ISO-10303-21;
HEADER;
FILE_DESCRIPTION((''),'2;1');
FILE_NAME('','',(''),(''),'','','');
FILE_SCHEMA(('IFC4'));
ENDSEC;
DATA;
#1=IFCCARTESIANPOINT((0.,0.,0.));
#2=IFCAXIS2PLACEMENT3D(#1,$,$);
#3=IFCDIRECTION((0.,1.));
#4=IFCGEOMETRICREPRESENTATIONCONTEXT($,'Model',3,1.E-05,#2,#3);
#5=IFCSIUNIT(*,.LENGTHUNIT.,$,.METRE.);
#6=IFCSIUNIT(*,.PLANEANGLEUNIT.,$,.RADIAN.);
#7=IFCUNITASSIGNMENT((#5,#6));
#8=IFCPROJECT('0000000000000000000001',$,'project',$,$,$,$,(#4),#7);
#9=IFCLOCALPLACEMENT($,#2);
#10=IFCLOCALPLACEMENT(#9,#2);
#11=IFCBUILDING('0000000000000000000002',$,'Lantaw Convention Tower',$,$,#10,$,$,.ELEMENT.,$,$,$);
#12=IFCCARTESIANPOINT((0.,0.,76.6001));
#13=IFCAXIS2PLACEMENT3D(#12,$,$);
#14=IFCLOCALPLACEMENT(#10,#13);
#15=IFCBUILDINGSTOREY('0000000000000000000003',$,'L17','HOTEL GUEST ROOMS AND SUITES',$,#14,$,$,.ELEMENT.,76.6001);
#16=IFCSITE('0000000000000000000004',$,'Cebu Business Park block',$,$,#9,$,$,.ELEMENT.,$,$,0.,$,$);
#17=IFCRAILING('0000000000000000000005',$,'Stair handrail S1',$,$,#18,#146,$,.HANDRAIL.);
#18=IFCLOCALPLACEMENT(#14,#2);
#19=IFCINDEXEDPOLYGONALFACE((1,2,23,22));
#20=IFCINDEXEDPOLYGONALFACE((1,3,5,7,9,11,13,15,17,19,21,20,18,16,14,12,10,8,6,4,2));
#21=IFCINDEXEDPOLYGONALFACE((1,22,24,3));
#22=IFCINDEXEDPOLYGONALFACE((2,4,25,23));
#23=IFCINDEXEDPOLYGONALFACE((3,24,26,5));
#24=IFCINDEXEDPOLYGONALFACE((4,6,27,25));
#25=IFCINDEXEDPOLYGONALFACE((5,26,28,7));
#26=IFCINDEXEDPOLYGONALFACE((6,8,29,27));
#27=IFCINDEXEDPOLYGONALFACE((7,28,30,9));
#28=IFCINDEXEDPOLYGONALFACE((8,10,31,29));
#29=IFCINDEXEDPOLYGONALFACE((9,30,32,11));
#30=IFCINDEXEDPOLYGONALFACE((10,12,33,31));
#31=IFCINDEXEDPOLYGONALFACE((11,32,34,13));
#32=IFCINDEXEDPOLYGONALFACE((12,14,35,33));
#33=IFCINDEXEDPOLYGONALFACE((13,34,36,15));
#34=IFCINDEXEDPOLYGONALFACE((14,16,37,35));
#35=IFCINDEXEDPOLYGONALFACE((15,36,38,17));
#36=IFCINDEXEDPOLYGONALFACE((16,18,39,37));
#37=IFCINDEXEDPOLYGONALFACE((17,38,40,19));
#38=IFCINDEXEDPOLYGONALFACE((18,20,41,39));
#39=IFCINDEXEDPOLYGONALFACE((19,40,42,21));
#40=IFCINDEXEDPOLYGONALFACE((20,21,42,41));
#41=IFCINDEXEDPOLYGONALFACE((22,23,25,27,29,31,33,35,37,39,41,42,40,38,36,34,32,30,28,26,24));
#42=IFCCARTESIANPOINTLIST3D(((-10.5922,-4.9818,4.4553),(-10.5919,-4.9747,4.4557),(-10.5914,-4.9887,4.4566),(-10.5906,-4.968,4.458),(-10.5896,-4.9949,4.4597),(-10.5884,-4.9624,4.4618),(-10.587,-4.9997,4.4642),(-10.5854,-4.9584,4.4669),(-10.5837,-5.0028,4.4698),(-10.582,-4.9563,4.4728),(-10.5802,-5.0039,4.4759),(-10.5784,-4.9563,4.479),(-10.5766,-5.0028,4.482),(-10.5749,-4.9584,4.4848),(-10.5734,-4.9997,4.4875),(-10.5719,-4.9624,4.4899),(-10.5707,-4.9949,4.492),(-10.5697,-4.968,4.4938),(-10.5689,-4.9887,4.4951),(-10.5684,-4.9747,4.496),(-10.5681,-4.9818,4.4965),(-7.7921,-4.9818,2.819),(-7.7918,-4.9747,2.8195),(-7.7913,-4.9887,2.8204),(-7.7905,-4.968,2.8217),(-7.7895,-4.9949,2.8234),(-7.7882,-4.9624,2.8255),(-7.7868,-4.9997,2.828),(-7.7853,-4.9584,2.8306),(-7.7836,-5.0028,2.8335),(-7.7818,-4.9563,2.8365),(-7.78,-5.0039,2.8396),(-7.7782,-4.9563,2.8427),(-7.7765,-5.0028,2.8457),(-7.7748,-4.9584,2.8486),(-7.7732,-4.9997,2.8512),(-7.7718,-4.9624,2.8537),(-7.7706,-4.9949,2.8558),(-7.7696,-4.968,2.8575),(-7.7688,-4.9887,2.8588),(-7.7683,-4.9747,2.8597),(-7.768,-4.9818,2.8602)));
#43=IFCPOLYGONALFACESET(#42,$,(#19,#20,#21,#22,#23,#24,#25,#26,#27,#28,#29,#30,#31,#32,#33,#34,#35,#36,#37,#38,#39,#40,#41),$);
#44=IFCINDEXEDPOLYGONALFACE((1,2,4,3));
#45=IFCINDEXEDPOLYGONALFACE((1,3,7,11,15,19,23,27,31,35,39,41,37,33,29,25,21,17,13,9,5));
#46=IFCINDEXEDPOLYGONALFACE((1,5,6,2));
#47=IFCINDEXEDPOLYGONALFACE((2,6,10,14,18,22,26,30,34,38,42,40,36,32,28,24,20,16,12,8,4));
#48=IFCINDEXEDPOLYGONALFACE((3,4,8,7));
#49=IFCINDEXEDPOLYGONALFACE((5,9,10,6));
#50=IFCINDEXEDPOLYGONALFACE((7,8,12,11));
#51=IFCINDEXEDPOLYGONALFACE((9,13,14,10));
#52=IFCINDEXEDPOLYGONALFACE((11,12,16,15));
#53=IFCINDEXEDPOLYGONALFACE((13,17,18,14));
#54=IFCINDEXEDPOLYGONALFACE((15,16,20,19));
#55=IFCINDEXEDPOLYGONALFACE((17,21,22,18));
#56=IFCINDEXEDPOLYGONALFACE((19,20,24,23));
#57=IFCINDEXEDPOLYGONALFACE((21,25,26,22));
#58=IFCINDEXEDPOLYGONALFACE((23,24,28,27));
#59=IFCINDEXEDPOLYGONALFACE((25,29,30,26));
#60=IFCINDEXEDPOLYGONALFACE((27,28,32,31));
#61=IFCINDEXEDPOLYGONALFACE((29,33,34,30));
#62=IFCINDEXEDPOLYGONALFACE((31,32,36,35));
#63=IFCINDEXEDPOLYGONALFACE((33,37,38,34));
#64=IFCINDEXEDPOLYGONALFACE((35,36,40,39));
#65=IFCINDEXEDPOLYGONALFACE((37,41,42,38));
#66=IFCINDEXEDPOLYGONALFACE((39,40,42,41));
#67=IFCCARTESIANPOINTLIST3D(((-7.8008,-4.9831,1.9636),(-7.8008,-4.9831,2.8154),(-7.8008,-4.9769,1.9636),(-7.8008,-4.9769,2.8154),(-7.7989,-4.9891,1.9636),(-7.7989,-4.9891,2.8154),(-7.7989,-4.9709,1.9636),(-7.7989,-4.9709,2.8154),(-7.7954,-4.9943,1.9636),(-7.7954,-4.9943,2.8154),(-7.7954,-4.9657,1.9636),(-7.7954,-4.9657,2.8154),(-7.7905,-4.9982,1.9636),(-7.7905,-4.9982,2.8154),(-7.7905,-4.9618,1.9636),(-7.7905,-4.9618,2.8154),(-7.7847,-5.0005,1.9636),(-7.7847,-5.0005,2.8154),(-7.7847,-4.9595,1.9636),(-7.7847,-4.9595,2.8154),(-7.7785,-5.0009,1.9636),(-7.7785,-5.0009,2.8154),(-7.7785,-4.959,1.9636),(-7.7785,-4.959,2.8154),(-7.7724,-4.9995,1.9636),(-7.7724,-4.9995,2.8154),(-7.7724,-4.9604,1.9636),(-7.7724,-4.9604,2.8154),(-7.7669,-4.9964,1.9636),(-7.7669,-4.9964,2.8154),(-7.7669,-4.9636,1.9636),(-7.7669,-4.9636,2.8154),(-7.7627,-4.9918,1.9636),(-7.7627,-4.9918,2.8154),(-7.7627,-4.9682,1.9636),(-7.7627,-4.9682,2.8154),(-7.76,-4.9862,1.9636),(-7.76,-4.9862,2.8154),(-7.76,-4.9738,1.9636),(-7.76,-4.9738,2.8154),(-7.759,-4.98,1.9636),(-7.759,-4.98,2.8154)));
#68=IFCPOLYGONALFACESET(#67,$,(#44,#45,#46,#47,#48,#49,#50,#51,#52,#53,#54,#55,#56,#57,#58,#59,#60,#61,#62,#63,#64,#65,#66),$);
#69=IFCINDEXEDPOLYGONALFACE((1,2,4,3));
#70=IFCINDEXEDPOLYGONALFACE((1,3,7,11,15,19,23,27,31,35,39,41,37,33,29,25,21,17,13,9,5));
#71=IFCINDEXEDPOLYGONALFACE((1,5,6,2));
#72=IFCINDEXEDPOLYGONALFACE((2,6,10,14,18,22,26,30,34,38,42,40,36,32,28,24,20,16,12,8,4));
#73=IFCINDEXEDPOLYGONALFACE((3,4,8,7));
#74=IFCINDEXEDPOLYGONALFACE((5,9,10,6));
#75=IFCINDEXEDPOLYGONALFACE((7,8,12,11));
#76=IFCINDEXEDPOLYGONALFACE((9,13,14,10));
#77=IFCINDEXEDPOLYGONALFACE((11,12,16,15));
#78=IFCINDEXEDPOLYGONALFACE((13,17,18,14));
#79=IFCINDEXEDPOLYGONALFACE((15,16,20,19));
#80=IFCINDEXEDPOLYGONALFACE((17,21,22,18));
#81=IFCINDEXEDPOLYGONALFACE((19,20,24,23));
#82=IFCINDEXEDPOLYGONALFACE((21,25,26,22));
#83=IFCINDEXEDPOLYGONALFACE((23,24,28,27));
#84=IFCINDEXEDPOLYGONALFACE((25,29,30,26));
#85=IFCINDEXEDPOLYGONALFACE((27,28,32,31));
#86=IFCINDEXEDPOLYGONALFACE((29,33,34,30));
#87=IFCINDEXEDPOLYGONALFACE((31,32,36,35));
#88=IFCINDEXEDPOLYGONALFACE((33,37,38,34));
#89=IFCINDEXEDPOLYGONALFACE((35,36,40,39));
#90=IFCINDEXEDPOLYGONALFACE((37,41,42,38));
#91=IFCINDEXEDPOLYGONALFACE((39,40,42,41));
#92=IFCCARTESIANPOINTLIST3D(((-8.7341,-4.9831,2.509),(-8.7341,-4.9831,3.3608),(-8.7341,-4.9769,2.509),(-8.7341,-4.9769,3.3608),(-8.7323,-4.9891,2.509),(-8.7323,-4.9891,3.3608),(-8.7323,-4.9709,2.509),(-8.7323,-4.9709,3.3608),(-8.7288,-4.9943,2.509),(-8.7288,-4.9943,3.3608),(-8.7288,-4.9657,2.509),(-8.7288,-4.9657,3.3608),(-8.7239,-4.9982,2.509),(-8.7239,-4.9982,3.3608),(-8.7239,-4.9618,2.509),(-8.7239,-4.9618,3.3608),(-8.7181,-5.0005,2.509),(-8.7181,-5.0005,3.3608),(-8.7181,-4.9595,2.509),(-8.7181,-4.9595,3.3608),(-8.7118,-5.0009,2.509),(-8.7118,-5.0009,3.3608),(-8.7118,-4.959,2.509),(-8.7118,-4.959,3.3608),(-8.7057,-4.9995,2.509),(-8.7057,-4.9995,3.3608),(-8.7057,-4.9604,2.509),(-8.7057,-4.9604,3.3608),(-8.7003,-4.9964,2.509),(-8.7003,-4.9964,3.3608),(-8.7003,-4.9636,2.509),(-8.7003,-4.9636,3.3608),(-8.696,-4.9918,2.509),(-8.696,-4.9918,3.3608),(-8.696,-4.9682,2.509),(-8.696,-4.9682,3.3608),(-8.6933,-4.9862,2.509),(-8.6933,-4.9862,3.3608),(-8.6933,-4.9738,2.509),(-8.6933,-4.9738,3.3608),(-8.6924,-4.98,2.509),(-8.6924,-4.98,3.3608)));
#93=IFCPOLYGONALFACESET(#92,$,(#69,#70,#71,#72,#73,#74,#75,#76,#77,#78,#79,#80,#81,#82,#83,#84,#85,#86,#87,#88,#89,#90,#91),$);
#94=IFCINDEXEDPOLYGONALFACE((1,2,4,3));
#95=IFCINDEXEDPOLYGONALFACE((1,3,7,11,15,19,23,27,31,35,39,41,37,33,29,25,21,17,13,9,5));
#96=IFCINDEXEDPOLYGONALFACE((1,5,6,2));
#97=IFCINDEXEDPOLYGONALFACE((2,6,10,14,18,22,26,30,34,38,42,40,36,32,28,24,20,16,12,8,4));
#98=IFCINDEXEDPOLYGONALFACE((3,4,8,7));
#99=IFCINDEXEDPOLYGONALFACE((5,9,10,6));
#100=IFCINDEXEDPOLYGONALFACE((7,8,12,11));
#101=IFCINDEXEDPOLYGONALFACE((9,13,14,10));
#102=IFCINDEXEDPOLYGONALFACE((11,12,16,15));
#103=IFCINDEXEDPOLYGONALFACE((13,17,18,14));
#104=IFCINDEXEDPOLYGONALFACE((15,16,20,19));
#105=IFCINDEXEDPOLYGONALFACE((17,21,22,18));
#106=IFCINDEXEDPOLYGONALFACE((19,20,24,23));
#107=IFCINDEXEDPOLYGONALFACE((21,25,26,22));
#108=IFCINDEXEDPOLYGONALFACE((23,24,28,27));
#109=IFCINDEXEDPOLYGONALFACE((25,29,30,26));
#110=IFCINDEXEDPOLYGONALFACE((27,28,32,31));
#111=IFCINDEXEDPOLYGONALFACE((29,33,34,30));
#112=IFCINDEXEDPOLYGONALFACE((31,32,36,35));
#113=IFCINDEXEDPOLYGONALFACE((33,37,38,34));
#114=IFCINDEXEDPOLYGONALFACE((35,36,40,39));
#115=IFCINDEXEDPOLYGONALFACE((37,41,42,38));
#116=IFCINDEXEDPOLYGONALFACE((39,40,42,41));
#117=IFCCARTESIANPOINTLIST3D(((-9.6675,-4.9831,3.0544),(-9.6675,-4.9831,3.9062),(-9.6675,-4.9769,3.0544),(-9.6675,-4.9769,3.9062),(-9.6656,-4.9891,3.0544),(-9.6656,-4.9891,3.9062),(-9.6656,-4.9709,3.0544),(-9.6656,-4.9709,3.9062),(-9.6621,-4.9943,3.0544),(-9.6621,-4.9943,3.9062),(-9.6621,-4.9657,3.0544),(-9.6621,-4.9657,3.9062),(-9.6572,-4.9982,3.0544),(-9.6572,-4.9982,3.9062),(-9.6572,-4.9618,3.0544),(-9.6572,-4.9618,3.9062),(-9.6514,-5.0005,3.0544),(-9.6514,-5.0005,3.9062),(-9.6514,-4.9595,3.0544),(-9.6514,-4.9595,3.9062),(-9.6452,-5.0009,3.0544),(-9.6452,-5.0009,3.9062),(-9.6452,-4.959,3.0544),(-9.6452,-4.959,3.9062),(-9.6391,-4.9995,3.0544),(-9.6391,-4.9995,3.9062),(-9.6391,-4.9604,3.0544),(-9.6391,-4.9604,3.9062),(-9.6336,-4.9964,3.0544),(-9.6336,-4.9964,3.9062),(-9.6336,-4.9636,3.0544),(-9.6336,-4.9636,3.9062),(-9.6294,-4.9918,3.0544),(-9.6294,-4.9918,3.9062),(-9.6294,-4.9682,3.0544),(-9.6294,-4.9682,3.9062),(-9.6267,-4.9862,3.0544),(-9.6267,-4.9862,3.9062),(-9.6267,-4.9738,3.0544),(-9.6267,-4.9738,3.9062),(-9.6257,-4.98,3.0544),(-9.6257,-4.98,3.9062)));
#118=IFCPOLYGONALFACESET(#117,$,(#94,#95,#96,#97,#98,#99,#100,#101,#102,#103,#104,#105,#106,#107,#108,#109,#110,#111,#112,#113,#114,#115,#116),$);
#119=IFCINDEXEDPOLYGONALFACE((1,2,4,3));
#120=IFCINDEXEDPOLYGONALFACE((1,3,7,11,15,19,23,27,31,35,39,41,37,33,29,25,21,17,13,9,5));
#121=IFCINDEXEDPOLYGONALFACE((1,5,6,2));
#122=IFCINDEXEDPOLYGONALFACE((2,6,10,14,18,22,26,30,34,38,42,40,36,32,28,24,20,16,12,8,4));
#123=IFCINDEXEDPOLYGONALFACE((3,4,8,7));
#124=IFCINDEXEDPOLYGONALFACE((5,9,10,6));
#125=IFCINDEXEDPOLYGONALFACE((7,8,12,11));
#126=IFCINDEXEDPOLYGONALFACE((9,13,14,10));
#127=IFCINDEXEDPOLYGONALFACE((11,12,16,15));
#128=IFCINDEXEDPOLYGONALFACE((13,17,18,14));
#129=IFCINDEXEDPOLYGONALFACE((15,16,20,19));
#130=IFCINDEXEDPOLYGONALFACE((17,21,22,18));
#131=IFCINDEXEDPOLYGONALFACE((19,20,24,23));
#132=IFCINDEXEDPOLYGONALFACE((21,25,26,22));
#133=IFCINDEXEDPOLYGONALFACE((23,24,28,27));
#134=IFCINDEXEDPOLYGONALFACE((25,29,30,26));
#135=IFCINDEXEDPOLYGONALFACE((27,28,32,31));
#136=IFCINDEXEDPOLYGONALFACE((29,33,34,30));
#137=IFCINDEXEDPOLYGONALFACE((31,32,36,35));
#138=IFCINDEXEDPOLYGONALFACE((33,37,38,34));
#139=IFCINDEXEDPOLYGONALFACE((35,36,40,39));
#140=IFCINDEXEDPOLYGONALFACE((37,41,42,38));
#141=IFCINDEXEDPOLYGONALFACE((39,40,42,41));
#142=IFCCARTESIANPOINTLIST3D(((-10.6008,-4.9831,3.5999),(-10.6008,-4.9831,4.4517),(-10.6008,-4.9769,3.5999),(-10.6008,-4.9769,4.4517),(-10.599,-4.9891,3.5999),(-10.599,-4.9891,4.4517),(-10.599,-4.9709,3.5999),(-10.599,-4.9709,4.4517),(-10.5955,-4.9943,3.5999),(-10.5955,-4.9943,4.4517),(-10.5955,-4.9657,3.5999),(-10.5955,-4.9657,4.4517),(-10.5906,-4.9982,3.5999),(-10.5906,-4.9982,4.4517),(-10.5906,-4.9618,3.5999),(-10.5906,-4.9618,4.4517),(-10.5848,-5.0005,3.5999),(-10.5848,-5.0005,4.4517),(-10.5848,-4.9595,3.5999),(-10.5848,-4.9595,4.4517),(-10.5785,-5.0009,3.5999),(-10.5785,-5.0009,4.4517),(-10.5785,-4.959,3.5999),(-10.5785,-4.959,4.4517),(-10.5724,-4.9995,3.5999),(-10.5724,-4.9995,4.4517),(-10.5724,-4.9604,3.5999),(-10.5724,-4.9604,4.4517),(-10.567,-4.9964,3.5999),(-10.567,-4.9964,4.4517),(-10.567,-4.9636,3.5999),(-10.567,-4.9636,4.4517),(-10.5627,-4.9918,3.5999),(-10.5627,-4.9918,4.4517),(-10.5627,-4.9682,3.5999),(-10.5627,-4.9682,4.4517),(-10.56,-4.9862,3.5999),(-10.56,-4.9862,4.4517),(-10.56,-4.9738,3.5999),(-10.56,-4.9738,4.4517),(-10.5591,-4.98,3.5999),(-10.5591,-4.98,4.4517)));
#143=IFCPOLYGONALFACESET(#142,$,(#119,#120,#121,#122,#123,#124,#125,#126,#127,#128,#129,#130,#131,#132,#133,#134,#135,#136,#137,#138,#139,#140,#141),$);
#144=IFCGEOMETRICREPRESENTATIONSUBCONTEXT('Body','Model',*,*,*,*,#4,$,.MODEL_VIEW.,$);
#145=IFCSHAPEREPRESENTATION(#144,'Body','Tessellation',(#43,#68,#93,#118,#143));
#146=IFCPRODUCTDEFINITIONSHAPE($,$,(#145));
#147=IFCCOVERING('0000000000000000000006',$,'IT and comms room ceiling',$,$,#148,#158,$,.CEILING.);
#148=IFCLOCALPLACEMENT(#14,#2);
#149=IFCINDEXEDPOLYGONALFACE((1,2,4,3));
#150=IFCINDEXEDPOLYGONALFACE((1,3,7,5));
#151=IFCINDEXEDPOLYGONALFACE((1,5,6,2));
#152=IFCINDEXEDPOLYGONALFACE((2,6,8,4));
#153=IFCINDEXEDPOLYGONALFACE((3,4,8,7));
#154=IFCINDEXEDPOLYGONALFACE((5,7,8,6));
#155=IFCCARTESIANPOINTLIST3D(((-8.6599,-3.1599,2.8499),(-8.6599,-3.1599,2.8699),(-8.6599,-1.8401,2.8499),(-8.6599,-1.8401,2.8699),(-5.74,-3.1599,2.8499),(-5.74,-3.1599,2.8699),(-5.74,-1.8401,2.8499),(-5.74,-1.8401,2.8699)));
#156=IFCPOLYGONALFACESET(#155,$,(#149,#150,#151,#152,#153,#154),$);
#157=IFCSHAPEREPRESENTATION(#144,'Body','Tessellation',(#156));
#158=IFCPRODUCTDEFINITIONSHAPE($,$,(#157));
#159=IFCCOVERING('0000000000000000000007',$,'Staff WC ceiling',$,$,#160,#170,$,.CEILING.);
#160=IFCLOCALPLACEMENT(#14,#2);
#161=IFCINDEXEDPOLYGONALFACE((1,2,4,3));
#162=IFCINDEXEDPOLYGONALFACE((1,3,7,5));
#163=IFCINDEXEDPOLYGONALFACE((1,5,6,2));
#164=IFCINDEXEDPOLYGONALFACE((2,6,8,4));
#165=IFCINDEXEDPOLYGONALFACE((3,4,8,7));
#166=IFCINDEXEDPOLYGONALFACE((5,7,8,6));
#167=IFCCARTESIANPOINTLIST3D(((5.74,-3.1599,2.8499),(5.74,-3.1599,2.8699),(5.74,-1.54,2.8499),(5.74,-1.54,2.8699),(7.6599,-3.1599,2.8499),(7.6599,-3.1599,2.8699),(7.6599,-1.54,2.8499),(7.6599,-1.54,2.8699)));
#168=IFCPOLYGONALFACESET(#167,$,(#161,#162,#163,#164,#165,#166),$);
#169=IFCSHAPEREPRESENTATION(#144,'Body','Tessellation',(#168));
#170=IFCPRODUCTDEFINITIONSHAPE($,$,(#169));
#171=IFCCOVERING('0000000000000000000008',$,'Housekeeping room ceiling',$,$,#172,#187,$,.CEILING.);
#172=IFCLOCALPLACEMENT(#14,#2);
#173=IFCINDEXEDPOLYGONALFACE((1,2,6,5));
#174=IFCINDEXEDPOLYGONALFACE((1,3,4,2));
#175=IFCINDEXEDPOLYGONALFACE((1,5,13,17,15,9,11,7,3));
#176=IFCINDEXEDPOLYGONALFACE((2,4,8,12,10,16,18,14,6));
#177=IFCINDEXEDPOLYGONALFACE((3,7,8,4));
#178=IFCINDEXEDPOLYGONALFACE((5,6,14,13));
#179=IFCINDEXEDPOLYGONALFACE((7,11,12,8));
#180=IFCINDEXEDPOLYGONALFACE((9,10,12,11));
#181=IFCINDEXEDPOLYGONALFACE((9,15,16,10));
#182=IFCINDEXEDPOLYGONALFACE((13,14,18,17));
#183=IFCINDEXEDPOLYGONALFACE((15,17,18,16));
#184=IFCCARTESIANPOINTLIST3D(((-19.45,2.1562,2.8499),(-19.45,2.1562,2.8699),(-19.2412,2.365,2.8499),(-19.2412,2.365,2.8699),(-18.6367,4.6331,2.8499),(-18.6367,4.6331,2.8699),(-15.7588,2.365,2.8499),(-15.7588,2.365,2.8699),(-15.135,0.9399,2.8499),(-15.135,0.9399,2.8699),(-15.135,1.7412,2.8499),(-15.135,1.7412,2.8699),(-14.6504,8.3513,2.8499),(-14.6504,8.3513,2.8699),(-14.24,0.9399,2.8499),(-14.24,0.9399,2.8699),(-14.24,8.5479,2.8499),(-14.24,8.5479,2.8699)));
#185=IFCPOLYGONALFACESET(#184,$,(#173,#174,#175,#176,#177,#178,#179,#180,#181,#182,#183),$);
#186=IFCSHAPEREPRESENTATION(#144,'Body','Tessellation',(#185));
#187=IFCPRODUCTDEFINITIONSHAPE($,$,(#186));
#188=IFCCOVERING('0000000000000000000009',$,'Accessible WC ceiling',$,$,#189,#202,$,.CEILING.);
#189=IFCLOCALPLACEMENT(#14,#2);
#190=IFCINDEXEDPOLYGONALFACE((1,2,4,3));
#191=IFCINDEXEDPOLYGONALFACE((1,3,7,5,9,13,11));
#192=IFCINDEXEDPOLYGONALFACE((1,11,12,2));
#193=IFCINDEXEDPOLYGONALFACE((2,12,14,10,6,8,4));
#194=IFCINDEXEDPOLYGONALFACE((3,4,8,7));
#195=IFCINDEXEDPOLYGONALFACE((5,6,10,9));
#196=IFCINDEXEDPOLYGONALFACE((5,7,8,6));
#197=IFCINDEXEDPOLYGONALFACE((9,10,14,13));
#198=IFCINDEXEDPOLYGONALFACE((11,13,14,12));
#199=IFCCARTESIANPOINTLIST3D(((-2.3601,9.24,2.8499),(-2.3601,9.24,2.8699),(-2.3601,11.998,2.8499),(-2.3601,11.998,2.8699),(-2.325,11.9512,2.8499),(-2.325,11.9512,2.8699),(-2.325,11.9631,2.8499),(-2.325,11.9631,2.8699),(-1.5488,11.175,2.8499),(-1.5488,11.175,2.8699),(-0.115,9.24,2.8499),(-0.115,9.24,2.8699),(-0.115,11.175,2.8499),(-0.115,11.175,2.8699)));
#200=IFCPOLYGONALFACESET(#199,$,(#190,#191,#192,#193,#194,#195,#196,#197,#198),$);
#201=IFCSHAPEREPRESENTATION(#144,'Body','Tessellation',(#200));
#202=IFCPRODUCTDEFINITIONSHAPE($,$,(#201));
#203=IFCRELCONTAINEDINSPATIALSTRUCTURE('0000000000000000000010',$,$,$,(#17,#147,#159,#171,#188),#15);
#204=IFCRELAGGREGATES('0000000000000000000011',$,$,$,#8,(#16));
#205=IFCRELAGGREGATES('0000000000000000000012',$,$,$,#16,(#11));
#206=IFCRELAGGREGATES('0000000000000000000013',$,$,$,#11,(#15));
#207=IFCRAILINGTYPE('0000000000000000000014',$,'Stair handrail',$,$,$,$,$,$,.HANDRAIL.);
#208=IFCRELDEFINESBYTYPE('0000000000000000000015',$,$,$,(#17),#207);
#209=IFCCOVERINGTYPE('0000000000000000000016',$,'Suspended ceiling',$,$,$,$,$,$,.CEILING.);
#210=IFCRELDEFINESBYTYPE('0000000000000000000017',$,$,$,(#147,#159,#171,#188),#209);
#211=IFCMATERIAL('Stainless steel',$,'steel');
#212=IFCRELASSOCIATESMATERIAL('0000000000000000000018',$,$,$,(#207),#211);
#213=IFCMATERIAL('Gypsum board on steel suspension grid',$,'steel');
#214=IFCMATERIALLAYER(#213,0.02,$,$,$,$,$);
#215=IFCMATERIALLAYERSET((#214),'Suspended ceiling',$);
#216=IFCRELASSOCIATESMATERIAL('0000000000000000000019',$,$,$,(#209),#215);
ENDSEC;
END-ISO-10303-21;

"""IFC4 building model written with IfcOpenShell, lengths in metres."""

from ifc_helpers import new_model, si_unit, direction, frame, origin, origin_2d, place, context, subcontext, project, spatial, polyline, circle, outline, extrude, material, layer, layer_set, type_object, element, save


model = new_model("IFC4")

# Units and contexts
model_context = context("Model", 3, precision=1e-05, world=origin(), true_north=direction((0.0, 1.0)))
body_context = subcontext(model_context, "Body", "Model", "MODEL_VIEW")
ifc_project = project(units=[si_unit("LENGTHUNIT", "METRE"), si_unit("PLANEANGLEUNIT", "RADIAN")], contexts=[model_context])

# Site, building, storey
site_placement = place(None, origin())
site = spatial("IfcSite", under=ifc_project, at=site_placement, Name="Cebu Business Park block", CompositionType="ELEMENT", RefElevation=0.0)
building_placement = place(site_placement, origin())
building = spatial("IfcBuilding", under=site, at=building_placement, Name="Lantaw Convention Tower", CompositionType="ELEMENT")
storey_placement = place(building_placement, frame((0.0, 0.0, 76.6001)))
storey = spatial("IfcBuildingStorey", under=building, at=storey_placement, Name="L17", Description="HOTEL GUEST ROOMS AND SUITES", CompositionType="ELEMENT", Elevation=76.6001)

# Shared definitions
ifc_material_1 = material(Name="Stainless steel", Category="steel")

# Railing
railing_type = type_object("IfcRailingType", Name="Stair handrail", PredefinedType="HANDRAIL", material=ifc_material_1)
railing_1_placement = place(storey_placement, frame((-7.78, -4.98, 1.9636)))
element("IfcRailing", 1, at=railing_1_placement, inside=storey, type_object=railing_type, Name="Stair handrail S1", PredefinedType="HANDRAIL", context=body_context, shape_type="SweptSolid", body=[
    extrude(circle(Radius=0.0239, at=origin_2d()), frame((0.0, 0.0, 0.876), z_axis=(-0.863394, 0.0, 0.504531), x_axis=(0.0, -1.0, 0.0)), (0.0, 0.0, 1.0), 3.2432),
    extrude(circle(Radius=0.021, at=origin_2d()), origin(), (0.0, 0.0, 1.0), 0.8518),
    extrude(circle(Radius=0.021, at=origin_2d()), frame((-0.9333, 0.0, 0.5454)), (0.0, 0.0, 1.0), 0.8518),
    extrude(circle(Radius=0.021, at=origin_2d()), frame((-1.8667, 0.0, 1.0908)), (0.0, 0.0, 1.0), 0.8518),
    extrude(circle(Radius=0.021, at=origin_2d()), frame((-2.8, 0.0, 1.6362)), (0.0, 0.0, 1.0), 0.8518),
])

# Coverings
ifc_material_2 = material(Name="Gypsum board on steel suspension grid", Category="steel")
ifc_layer_1 = layer(ifc_material_2, 0.02)
ifc_layer_set_1 = layer_set([ifc_layer_1], Name="Suspended ceiling")
covering_type = type_object("IfcCoveringType", Name="Suspended ceiling", PredefinedType="CEILING", material=ifc_layer_set_1)
covering_1_placement = place(storey_placement, frame((0.0, 0.0, 2.8499)))
element("IfcCovering", 2, at=covering_1_placement, inside=storey, type_object=covering_type, Name="IT and comms room ceiling", PredefinedType="CEILING", context=body_context, shape_type="SweptSolid", body=[
    extrude(outline(polyline([(-8.6599, -3.1599), (-5.74, -3.1599), (-5.74, -1.8401), (-8.6599, -1.8401), (-8.6599, -3.1599)])), origin(), (0.0, 0.0, 1.0), 0.02),
])
covering_2_placement = place(storey_placement, frame((0.0, 0.0, 2.8499)))
element("IfcCovering", 3, at=covering_2_placement, inside=storey, type_object=covering_type, Name="Staff WC ceiling", PredefinedType="CEILING", context=body_context, shape_type="SweptSolid", body=[
    extrude(outline(polyline([(5.74, -3.1599), (7.6599, -3.1599), (7.6599, -1.54), (5.74, -1.54), (5.74, -3.1599)])), origin(), (0.0, 0.0, 1.0), 0.02),
])
covering_3_placement = place(storey_placement, frame((0.0, 0.0, 2.8499)))
element("IfcCovering", 4, at=covering_3_placement, inside=storey, type_object=covering_type, Name="Housekeeping room ceiling", PredefinedType="CEILING", context=body_context, shape_type="SweptSolid", body=[
    extrude(outline(polyline([(-14.24, 8.5479), (-14.6504, 8.3513), (-18.6367, 4.6331), (-19.45, 2.1562), (-19.2412, 2.365), (-15.7588, 2.365), (-15.135, 1.7412), (-15.135, 0.9399), (-14.24, 0.9399), (-14.24, 8.5479)])), origin(), (0.0, 0.0, 1.0), 0.02),
])
covering_4_placement = place(storey_placement, frame((0.0, 0.0, 2.8499)))
element("IfcCovering", 5, at=covering_4_placement, inside=storey, type_object=covering_type, Name="Accessible WC ceiling", PredefinedType="CEILING", context=body_context, shape_type="SweptSolid", body=[
    extrude(outline(polyline([(-2.3601, 9.24), (-0.115, 9.24), (-0.115, 11.175), (-1.5488, 11.175), (-2.325, 11.9512), (-2.325, 11.9631), (-2.3601, 11.998), (-2.3601, 9.24)])), origin(), (0.0, 0.0, 1.0), 0.02),
])

save(model, "model.ifc")
